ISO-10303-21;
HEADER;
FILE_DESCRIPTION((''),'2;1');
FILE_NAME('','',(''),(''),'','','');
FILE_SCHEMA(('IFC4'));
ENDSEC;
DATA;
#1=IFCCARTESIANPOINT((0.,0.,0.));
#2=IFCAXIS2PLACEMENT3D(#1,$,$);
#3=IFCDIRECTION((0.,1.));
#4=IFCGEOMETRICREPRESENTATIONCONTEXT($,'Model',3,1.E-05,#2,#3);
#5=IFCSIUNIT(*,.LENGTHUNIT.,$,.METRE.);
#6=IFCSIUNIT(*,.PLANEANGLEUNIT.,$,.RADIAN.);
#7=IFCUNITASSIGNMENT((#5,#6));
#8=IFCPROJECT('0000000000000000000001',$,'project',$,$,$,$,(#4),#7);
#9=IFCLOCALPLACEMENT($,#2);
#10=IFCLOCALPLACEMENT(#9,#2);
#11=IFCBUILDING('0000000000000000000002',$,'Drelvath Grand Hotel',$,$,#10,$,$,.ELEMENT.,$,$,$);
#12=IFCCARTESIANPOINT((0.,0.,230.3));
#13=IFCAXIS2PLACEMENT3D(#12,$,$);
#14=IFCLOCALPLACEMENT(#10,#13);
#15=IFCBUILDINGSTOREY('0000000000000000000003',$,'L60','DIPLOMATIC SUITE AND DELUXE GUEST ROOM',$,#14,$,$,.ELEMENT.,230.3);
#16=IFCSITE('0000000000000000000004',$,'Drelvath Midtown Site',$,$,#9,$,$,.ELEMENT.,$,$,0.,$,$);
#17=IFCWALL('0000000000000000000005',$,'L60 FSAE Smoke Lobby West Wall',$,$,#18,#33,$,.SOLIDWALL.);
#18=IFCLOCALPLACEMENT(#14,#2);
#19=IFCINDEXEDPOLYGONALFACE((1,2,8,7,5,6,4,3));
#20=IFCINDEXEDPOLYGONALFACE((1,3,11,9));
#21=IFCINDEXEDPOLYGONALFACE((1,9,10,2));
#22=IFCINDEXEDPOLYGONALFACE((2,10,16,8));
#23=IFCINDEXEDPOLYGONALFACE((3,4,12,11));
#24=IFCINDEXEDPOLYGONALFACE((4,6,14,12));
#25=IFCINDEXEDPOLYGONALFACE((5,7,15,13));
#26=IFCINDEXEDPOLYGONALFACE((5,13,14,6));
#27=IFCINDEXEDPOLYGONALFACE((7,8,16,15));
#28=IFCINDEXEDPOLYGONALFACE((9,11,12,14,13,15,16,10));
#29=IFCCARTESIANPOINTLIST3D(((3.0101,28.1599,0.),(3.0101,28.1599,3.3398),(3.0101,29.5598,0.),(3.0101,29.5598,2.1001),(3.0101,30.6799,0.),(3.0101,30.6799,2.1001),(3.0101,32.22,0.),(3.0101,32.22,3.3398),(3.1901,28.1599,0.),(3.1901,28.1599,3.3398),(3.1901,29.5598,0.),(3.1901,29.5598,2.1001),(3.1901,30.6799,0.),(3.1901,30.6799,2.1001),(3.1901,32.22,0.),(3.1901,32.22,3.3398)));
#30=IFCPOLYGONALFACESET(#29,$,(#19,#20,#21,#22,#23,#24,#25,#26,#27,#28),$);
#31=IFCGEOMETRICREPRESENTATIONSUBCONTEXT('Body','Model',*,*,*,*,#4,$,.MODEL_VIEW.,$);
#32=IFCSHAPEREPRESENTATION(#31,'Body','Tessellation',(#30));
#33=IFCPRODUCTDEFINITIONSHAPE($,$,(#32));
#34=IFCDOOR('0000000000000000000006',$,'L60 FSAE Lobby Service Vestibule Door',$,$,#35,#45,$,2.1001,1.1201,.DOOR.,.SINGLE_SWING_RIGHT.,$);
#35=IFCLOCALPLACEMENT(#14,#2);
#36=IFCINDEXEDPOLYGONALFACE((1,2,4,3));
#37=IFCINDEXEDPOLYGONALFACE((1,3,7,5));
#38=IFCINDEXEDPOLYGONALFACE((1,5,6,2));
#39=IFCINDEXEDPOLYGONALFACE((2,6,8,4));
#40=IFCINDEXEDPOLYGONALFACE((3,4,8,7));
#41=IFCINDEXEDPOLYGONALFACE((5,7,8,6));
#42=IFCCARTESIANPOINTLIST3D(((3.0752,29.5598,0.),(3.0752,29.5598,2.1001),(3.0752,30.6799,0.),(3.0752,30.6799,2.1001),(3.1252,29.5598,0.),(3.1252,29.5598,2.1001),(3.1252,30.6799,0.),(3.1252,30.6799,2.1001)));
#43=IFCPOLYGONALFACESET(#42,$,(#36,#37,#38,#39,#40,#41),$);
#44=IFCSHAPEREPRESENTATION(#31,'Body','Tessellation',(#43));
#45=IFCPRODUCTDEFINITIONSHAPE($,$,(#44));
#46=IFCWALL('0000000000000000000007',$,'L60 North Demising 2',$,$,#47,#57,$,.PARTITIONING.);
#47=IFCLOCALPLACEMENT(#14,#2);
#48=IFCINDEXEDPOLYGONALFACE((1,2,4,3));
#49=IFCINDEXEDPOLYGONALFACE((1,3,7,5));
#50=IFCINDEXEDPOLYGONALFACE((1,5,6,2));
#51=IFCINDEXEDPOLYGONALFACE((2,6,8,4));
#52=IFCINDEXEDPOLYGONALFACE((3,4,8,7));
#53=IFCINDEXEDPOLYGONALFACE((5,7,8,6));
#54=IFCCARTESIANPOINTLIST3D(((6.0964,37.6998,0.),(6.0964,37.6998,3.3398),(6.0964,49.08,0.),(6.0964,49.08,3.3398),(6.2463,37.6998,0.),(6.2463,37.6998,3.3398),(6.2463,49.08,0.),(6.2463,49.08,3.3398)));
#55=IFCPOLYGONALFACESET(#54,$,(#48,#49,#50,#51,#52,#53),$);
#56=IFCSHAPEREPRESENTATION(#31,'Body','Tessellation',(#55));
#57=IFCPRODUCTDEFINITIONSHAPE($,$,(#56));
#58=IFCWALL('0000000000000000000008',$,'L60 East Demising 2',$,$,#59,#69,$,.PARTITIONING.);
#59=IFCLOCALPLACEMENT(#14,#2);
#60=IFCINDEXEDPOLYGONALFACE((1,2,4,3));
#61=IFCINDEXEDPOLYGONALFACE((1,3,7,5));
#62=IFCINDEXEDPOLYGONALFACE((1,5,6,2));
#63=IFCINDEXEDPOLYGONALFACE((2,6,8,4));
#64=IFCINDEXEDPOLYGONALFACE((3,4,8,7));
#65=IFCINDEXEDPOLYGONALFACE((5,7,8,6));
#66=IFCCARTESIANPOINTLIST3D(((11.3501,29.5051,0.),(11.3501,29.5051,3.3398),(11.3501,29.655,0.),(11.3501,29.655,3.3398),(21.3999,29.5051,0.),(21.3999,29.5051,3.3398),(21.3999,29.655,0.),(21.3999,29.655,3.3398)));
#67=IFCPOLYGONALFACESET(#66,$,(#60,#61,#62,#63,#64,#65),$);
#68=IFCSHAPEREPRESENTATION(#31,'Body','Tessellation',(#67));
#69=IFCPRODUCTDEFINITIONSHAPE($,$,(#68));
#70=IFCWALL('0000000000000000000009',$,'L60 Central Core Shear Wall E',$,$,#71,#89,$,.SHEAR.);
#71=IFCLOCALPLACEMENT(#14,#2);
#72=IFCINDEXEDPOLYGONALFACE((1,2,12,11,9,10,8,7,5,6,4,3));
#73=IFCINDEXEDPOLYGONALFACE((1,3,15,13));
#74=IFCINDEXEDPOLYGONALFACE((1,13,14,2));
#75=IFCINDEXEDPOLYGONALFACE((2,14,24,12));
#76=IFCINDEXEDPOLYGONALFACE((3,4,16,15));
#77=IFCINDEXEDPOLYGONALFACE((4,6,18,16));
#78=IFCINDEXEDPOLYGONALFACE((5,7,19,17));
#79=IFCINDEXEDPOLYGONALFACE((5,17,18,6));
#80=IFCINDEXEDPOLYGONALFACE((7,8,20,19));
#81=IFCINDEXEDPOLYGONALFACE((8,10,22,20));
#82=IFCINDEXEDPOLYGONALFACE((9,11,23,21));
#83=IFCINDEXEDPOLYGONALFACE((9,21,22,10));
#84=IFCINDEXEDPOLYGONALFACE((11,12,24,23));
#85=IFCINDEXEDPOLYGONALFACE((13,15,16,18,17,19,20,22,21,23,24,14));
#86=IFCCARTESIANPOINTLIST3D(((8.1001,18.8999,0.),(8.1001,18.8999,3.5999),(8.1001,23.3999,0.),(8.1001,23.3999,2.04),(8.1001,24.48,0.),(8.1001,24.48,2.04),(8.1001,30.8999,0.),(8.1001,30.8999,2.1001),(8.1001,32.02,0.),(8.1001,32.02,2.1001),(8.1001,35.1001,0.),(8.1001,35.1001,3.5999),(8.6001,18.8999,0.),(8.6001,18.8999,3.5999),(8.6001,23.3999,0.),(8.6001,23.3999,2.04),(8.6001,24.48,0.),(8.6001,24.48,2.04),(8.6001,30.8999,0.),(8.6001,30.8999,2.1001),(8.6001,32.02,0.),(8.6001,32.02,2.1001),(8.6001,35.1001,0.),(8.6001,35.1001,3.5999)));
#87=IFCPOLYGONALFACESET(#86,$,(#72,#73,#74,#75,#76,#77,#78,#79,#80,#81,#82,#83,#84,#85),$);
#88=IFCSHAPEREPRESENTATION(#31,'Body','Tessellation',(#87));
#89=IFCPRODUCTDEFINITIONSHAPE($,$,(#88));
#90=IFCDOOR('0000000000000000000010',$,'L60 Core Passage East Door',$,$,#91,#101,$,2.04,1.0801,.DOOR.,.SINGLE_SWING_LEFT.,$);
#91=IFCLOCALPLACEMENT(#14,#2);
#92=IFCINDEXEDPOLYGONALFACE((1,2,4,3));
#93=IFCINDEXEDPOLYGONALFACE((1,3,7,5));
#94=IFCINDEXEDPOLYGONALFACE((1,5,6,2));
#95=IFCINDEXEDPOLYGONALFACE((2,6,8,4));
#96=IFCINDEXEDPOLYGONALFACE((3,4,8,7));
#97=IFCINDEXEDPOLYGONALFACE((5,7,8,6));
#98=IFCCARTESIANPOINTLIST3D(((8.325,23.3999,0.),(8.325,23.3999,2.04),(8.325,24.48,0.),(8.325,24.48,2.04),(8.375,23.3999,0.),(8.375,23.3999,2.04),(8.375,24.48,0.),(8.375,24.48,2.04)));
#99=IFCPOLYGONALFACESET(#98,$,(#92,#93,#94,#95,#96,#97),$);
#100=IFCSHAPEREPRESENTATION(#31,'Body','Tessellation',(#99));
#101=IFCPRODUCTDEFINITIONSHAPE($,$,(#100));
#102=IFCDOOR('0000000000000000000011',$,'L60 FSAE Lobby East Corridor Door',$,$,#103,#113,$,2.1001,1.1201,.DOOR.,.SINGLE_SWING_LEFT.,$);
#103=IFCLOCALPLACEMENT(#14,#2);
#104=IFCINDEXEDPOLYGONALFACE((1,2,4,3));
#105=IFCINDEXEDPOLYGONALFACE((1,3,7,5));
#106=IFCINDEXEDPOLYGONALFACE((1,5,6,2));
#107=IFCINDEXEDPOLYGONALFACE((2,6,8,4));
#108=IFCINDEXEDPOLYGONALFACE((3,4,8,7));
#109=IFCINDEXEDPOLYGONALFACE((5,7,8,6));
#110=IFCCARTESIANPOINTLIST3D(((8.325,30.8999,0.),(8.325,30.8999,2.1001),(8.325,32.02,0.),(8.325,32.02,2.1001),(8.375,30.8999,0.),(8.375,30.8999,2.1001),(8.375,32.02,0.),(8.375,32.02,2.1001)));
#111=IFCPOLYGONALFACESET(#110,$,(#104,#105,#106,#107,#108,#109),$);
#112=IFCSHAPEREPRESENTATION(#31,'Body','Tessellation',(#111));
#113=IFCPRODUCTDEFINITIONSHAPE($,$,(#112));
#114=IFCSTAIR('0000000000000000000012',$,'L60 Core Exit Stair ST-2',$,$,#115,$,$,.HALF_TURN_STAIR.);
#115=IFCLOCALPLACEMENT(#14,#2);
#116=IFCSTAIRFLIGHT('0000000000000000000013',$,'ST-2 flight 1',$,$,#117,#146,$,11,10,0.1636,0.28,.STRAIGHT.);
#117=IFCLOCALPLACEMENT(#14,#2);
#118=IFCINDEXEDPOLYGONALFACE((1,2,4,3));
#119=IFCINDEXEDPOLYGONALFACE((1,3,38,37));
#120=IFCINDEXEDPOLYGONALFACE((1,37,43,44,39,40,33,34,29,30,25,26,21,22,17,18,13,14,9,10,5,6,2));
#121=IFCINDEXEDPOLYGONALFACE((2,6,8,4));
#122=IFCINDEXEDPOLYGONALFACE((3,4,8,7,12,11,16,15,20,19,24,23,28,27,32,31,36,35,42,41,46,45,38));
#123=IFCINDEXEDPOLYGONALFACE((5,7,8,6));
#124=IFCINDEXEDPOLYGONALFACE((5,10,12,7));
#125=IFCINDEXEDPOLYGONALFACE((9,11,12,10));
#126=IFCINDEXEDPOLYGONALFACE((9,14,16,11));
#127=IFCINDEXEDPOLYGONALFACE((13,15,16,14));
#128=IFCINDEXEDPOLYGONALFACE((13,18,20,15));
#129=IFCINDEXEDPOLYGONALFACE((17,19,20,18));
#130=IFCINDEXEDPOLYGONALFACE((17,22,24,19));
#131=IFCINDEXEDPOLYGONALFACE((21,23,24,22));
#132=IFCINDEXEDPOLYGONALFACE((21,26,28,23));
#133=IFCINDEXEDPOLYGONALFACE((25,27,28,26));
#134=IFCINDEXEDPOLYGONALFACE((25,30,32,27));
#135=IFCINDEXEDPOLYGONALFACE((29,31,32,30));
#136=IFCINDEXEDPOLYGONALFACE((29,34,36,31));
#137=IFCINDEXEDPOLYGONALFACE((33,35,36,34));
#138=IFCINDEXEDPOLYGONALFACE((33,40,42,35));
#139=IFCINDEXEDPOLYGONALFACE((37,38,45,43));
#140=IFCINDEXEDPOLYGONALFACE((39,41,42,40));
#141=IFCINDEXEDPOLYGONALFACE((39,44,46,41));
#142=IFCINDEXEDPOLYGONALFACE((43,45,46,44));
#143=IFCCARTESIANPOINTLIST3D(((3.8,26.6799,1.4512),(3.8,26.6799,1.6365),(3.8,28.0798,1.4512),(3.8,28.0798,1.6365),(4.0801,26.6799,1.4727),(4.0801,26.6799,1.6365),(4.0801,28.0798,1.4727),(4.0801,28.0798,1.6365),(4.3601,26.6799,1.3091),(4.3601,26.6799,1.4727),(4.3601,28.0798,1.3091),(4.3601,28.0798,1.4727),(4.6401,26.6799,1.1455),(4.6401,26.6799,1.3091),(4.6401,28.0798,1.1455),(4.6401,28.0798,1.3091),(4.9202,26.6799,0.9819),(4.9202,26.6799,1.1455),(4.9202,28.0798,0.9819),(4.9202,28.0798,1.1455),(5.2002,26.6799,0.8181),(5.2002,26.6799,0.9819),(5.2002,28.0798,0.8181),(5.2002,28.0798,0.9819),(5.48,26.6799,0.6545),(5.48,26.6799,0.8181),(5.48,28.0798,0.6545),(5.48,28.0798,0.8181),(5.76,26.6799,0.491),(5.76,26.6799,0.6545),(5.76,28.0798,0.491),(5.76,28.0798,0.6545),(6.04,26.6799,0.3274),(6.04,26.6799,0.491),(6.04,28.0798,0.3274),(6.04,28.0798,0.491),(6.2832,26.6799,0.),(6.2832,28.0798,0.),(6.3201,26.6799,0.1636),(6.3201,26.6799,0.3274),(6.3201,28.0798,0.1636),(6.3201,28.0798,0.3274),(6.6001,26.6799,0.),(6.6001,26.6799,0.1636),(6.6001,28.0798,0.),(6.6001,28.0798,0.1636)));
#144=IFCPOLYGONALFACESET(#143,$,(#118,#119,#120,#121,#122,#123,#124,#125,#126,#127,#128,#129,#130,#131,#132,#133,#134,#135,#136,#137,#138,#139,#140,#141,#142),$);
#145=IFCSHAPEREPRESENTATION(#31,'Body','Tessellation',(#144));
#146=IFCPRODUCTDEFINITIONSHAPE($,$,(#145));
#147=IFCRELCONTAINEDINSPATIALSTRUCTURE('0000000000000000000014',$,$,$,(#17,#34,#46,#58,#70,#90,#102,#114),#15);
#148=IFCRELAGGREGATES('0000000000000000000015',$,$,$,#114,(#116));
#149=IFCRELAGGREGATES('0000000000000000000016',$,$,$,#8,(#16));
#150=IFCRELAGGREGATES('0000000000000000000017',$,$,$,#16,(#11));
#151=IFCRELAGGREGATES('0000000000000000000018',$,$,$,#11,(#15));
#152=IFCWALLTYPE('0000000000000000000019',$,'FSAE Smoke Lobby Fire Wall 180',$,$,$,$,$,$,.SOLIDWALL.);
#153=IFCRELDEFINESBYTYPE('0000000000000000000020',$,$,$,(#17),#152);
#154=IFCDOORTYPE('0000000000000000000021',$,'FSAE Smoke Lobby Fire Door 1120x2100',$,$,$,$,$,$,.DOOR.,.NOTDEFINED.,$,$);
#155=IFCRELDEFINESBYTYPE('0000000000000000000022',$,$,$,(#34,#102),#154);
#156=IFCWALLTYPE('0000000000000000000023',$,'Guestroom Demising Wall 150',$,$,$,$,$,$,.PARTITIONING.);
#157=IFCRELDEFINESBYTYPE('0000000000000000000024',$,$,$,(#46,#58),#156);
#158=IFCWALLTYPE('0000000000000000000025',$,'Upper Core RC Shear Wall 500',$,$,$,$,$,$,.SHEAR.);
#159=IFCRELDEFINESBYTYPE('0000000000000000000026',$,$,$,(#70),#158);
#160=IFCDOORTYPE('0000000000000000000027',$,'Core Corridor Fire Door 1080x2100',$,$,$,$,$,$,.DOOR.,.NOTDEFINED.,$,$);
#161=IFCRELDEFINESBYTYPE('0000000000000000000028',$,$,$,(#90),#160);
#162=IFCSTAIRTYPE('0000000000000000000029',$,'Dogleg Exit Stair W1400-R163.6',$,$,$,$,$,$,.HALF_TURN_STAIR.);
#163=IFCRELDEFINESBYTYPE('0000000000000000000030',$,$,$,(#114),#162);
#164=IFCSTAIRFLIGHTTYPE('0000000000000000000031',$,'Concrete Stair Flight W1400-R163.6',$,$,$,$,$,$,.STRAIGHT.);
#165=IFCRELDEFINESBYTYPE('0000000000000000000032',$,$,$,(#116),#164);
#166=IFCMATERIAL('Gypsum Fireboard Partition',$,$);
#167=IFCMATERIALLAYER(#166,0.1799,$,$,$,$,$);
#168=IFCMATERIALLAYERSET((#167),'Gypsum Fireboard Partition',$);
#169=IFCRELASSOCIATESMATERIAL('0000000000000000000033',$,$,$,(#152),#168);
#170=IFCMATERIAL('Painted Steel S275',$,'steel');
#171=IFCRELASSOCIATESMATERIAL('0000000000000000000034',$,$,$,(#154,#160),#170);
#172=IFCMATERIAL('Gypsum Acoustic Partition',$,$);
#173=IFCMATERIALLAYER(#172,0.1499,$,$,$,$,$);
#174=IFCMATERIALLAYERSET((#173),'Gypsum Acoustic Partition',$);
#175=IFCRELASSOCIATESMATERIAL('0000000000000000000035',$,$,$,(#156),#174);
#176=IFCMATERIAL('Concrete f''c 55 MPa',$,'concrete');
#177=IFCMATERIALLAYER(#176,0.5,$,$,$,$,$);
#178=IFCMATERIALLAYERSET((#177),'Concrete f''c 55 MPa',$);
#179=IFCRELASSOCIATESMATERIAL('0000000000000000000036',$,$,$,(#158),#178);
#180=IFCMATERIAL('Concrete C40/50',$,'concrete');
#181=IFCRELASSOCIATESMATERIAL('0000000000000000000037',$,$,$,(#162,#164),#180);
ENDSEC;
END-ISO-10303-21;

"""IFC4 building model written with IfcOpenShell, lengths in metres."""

from ifc_helpers import new_model, si_unit, direction, frame, frame_2d, origin, place, context, subcontext, project, spatial, polyline, rectangle, outline, extrude, material, layer, layer_set, type_object, element, fill, aggregate, save


model = new_model("IFC4")

# Units and contexts
model_context = context("Model", 3, precision=1e-05, world=origin(), true_north=direction((0.0, 1.0)))
body_context = subcontext(model_context, "Body", "Model", "MODEL_VIEW")
ifc_project = project(units=[si_unit("LENGTHUNIT", "METRE"), si_unit("PLANEANGLEUNIT", "RADIAN")], contexts=[model_context])

# Site, building, storey
site_placement = place(None, origin())
site = spatial("IfcSite", under=ifc_project, at=site_placement, Name="Drelvath Midtown Site", CompositionType="ELEMENT", RefElevation=0.0)
building_placement = place(site_placement, origin())
building = spatial("IfcBuilding", under=site, at=building_placement, Name="Drelvath Grand Hotel", CompositionType="ELEMENT")
storey_placement = place(building_placement, frame((0.0, 0.0, 230.3)))
storey = spatial("IfcBuildingStorey", under=building, at=storey_placement, Name="L60", Description="DIPLOMATIC SUITE AND DELUXE GUEST ROOM", CompositionType="ELEMENT", Elevation=230.3)

# Shared definitions
ifc_material_1 = material(Name="Concrete f'c 55 MPa", Category="concrete")

# Shared definitions
ifc_material_2 = material(Name="Concrete C40/50", Category="concrete")

# Shared definitions
ifc_material_3 = material(Name="Painted Steel S275", Category="steel")

# Shared definitions
ifc_material_4 = material(Name="Gypsum Fireboard Partition")

# Wall, opening, door
ifc_layer_1 = layer(ifc_material_4, 0.1799)
ifc_layer_set_1 = layer_set([ifc_layer_1], Name="Gypsum Fireboard Partition")
wall_type_1 = type_object("IfcWallType", Name="FSAE Smoke Lobby Fire Wall 180", PredefinedType="SOLIDWALL", material=ifc_layer_set_1)
wall_1_placement = place(storey_placement, frame((3.1001, 28.1599, 0.0), z_axis=(0.0, 0.0, 1.0), x_axis=(0.0, 1.0, 0.0)))
wall_1 = element("IfcWall", 1, at=wall_1_placement, inside=storey, type_object=wall_type_1, Name="L60 FSAE Smoke Lobby West Wall", PredefinedType="SOLIDWALL", context=body_context, shape_type="SweptSolid", body=[
    extrude(rectangle(XDim=4.0601, YDim=0.1799, at=frame_2d((2.03, 0.0))), origin(), (0.0, 0.0, 1.0), 3.3398),
])
opening_1_placement = place(wall_1_placement, frame((1.3999, 0.0, 0.0)))
opening_1 = element("IfcOpeningElement", 2, at=opening_1_placement, cuts=wall_1, PredefinedType="OPENING", context=body_context, shape_type="SweptSolid", body=[
    extrude(rectangle(XDim=1.1201, YDim=2.1001, at=frame_2d((0.5601, 1.05))), frame((0.0, 0.0999, 0.0), z_axis=(0.0, -1.0, 0.0), x_axis=(1.0, 0.0, 0.0)), (0.0, 0.0, 1.0), 0.2),
])
door_type_1 = type_object("IfcDoorType", Name="FSAE Smoke Lobby Fire Door 1120x2100", OperationType="NOTDEFINED", PredefinedType="DOOR", material=ifc_material_3)
door_1_placement = place(opening_1_placement, origin())
door_1 = element("IfcDoor", 3, at=door_1_placement, inside=storey, type_object=door_type_1, Name="L60 FSAE Lobby Service Vestibule Door", OperationType="SINGLE_SWING_RIGHT", OverallHeight=2.1001, OverallWidth=1.1201, PredefinedType="DOOR", context=body_context, shape_type="SweptSolid", body=[
    extrude(rectangle(XDim=1.1201, YDim=2.1001, at=frame_2d((0.5601, 1.05))), frame((0.0, 0.0249, 0.0), z_axis=(0.0, -1.0, 0.0), x_axis=(1.0, 0.0, 0.0)), (0.0, 0.0, 1.0), 0.05),
])
fill(opening_1, door_1)

# Walls
ifc_material_5 = material(Name="Gypsum Acoustic Partition")
ifc_layer_2 = layer(ifc_material_5, 0.1499)
ifc_layer_set_2 = layer_set([ifc_layer_2], Name="Gypsum Acoustic Partition")
wall_type_2 = type_object("IfcWallType", Name="Guestroom Demising Wall 150", PredefinedType="PARTITIONING", material=ifc_layer_set_2)
wall_2_placement = place(storey_placement, frame((6.1714, 37.7, 0.0), z_axis=(0.0, 0.0, 1.0), x_axis=(0.0, 1.0, 0.0)))
element("IfcWall", 4, at=wall_2_placement, inside=storey, type_object=wall_type_2, Name="L60 North Demising 2", PredefinedType="PARTITIONING", context=body_context, shape_type="SweptSolid", body=[
    extrude(rectangle(XDim=11.3801, YDim=0.1499, at=frame_2d((5.6899, 0.0))), origin(), (0.0, 0.0, 1.0), 3.3398),
])
wall_3_placement = place(storey_placement, frame((11.3501, 29.5801, 0.0), z_axis=(0.0, 0.0, 1.0), x_axis=(1.0, 0.0, 0.0)))
element("IfcWall", 5, at=wall_3_placement, inside=storey, type_object=wall_type_2, Name="L60 East Demising 2", PredefinedType="PARTITIONING", context=body_context, shape_type="SweptSolid", body=[
    extrude(rectangle(XDim=10.0498, YDim=0.1499, at=frame_2d((5.0249, 0.0))), origin(), (0.0, 0.0, 1.0), 3.3398),
])

# Wall, openings, doors
ifc_layer_3 = layer(ifc_material_1, 0.5)
ifc_layer_set_3 = layer_set([ifc_layer_3], Name="Concrete f'c 55 MPa")
wall_type_3 = type_object("IfcWallType", Name="Upper Core RC Shear Wall 500", PredefinedType="SHEAR", material=ifc_layer_set_3)
wall_4_placement = place(storey_placement, frame((8.3501, 35.1001, 0.0), z_axis=(0.0, 0.0, 1.0), x_axis=(0.0, -1.0, 0.0)))
wall_4 = element("IfcWall", 6, at=wall_4_placement, inside=storey, type_object=wall_type_3, Name="L60 Central Core Shear Wall E", PredefinedType="SHEAR", context=body_context, shape_type="SweptSolid", body=[
    extrude(rectangle(XDim=16.2002, YDim=0.5, at=frame_2d((8.1001, 0.0))), origin(), (0.0, 0.0, 1.0), 3.5999),
])
opening_2_placement = place(wall_4_placement, frame((3.0801, 0.0, 0.0)))
opening_2 = element("IfcOpeningElement", 7, at=opening_2_placement, cuts=wall_4, PredefinedType="OPENING", context=body_context, shape_type="SweptSolid", body=[
    extrude(rectangle(XDim=1.1201, YDim=2.1001, at=frame_2d((0.5601, 1.05))), frame((0.0, 0.26, 0.0), z_axis=(0.0, -1.0, 0.0), x_axis=(1.0, 0.0, 0.0)), (0.0, 0.0, 1.0), 0.52),
])
opening_3_placement = place(wall_4_placement, frame((10.6201, 0.0, 0.0)))
opening_3 = element("IfcOpeningElement", 8, at=opening_3_placement, cuts=wall_4, PredefinedType="OPENING", context=body_context, shape_type="SweptSolid", body=[
    extrude(rectangle(XDim=1.0801, YDim=2.04, at=frame_2d((0.54, 1.02))), frame((0.0, 0.26, 0.0), z_axis=(0.0, -1.0, 0.0), x_axis=(1.0, 0.0, 0.0)), (0.0, 0.0, 1.0), 0.52),
])
door_type_2 = type_object("IfcDoorType", Name="Core Corridor Fire Door 1080x2100", OperationType="NOTDEFINED", PredefinedType="DOOR", material=ifc_material_3)
door_2_placement = place(opening_3_placement, origin())
door_2 = element("IfcDoor", 9, at=door_2_placement, inside=storey, type_object=door_type_2, Name="L60 Core Passage East Door", OperationType="SINGLE_SWING_LEFT", OverallHeight=2.04, OverallWidth=1.0801, PredefinedType="DOOR", context=body_context, shape_type="SweptSolid", body=[
    extrude(rectangle(XDim=1.0801, YDim=2.04, at=frame_2d((0.54, 1.02))), frame((0.0, 0.0249, 0.0), z_axis=(0.0, -1.0, 0.0), x_axis=(1.0, 0.0, 0.0)), (0.0, 0.0, 1.0), 0.05),
])
fill(opening_3, door_2)
door_3_placement = place(opening_2_placement, origin())
door_3 = element("IfcDoor", 10, at=door_3_placement, inside=storey, type_object=door_type_1, Name="L60 FSAE Lobby East Corridor Door", OperationType="SINGLE_SWING_LEFT", OverallHeight=2.1001, OverallWidth=1.1201, PredefinedType="DOOR", context=body_context, shape_type="SweptSolid", body=[
    extrude(rectangle(XDim=1.1201, YDim=2.1001, at=frame_2d((0.5601, 1.05))), frame((0.0, 0.0249, 0.0), z_axis=(0.0, -1.0, 0.0), x_axis=(1.0, 0.0, 0.0)), (0.0, 0.0, 1.0), 0.05),
])
fill(opening_2, door_3)

# Stair, stair flight
stair_type = type_object("IfcStairType", Name="Dogleg Exit Stair W1400-R163.6", PredefinedType="HALF_TURN_STAIR", material=ifc_material_2)
stair_placement = place(storey_placement, origin())
stair = element("IfcStair", 11, at=stair_placement, inside=storey, type_object=stair_type, Name="L60 Core Exit Stair ST-2", PredefinedType="HALF_TURN_STAIR")
stair_flight_type = type_object("IfcStairFlightType", Name="Concrete Stair Flight W1400-R163.6", PredefinedType="STRAIGHT", material=ifc_material_2)
stair_flight_placement = place(storey_placement, frame((6.6001, 27.3799, 0.0), z_axis=(0.0, 0.0, 1.0), x_axis=(-1.0, 0.0, 0.0)))
stair_flight = element("IfcStairFlight", 12, at=stair_flight_placement, type_object=stair_flight_type, Name="ST-2 flight 1", NumberOfRisers=11, NumberOfTreads=10, PredefinedType="STRAIGHT", RiserHeight=0.1636, TreadLength=0.28, context=body_context, shape_type="SweptSolid", body=[
    extrude(outline(polyline([(0.0, 0.0), (0.0, 0.1636), (0.28, 0.1636), (0.28, 0.3274), (0.5601, 0.3274), (0.5601, 0.491), (0.8401, 0.491), (0.8401, 0.6545), (1.1201, 0.6545), (1.1201, 0.8181), (1.3999, 0.8181), (1.3999, 0.9819), (1.6799, 0.9819), (1.6799, 1.1455), (1.96, 1.1455), (1.96, 1.3091), (2.24, 1.3091), (2.24, 1.4727), (2.52, 1.4727), (2.52, 1.6365), (2.8, 1.6365), (2.8, 1.8), (2.8, 1.4512), (0.3169, 0.0), (0.0, 0.0)])), frame((0.0, 0.7, 0.0), z_axis=(0.0, -1.0, 0.0), x_axis=(1.0, 0.0, 0.0)), (0.0, 0.0, 1.0), 1.3999),
])
aggregate(stair, [stair_flight])

save(model, "model.ifc")
